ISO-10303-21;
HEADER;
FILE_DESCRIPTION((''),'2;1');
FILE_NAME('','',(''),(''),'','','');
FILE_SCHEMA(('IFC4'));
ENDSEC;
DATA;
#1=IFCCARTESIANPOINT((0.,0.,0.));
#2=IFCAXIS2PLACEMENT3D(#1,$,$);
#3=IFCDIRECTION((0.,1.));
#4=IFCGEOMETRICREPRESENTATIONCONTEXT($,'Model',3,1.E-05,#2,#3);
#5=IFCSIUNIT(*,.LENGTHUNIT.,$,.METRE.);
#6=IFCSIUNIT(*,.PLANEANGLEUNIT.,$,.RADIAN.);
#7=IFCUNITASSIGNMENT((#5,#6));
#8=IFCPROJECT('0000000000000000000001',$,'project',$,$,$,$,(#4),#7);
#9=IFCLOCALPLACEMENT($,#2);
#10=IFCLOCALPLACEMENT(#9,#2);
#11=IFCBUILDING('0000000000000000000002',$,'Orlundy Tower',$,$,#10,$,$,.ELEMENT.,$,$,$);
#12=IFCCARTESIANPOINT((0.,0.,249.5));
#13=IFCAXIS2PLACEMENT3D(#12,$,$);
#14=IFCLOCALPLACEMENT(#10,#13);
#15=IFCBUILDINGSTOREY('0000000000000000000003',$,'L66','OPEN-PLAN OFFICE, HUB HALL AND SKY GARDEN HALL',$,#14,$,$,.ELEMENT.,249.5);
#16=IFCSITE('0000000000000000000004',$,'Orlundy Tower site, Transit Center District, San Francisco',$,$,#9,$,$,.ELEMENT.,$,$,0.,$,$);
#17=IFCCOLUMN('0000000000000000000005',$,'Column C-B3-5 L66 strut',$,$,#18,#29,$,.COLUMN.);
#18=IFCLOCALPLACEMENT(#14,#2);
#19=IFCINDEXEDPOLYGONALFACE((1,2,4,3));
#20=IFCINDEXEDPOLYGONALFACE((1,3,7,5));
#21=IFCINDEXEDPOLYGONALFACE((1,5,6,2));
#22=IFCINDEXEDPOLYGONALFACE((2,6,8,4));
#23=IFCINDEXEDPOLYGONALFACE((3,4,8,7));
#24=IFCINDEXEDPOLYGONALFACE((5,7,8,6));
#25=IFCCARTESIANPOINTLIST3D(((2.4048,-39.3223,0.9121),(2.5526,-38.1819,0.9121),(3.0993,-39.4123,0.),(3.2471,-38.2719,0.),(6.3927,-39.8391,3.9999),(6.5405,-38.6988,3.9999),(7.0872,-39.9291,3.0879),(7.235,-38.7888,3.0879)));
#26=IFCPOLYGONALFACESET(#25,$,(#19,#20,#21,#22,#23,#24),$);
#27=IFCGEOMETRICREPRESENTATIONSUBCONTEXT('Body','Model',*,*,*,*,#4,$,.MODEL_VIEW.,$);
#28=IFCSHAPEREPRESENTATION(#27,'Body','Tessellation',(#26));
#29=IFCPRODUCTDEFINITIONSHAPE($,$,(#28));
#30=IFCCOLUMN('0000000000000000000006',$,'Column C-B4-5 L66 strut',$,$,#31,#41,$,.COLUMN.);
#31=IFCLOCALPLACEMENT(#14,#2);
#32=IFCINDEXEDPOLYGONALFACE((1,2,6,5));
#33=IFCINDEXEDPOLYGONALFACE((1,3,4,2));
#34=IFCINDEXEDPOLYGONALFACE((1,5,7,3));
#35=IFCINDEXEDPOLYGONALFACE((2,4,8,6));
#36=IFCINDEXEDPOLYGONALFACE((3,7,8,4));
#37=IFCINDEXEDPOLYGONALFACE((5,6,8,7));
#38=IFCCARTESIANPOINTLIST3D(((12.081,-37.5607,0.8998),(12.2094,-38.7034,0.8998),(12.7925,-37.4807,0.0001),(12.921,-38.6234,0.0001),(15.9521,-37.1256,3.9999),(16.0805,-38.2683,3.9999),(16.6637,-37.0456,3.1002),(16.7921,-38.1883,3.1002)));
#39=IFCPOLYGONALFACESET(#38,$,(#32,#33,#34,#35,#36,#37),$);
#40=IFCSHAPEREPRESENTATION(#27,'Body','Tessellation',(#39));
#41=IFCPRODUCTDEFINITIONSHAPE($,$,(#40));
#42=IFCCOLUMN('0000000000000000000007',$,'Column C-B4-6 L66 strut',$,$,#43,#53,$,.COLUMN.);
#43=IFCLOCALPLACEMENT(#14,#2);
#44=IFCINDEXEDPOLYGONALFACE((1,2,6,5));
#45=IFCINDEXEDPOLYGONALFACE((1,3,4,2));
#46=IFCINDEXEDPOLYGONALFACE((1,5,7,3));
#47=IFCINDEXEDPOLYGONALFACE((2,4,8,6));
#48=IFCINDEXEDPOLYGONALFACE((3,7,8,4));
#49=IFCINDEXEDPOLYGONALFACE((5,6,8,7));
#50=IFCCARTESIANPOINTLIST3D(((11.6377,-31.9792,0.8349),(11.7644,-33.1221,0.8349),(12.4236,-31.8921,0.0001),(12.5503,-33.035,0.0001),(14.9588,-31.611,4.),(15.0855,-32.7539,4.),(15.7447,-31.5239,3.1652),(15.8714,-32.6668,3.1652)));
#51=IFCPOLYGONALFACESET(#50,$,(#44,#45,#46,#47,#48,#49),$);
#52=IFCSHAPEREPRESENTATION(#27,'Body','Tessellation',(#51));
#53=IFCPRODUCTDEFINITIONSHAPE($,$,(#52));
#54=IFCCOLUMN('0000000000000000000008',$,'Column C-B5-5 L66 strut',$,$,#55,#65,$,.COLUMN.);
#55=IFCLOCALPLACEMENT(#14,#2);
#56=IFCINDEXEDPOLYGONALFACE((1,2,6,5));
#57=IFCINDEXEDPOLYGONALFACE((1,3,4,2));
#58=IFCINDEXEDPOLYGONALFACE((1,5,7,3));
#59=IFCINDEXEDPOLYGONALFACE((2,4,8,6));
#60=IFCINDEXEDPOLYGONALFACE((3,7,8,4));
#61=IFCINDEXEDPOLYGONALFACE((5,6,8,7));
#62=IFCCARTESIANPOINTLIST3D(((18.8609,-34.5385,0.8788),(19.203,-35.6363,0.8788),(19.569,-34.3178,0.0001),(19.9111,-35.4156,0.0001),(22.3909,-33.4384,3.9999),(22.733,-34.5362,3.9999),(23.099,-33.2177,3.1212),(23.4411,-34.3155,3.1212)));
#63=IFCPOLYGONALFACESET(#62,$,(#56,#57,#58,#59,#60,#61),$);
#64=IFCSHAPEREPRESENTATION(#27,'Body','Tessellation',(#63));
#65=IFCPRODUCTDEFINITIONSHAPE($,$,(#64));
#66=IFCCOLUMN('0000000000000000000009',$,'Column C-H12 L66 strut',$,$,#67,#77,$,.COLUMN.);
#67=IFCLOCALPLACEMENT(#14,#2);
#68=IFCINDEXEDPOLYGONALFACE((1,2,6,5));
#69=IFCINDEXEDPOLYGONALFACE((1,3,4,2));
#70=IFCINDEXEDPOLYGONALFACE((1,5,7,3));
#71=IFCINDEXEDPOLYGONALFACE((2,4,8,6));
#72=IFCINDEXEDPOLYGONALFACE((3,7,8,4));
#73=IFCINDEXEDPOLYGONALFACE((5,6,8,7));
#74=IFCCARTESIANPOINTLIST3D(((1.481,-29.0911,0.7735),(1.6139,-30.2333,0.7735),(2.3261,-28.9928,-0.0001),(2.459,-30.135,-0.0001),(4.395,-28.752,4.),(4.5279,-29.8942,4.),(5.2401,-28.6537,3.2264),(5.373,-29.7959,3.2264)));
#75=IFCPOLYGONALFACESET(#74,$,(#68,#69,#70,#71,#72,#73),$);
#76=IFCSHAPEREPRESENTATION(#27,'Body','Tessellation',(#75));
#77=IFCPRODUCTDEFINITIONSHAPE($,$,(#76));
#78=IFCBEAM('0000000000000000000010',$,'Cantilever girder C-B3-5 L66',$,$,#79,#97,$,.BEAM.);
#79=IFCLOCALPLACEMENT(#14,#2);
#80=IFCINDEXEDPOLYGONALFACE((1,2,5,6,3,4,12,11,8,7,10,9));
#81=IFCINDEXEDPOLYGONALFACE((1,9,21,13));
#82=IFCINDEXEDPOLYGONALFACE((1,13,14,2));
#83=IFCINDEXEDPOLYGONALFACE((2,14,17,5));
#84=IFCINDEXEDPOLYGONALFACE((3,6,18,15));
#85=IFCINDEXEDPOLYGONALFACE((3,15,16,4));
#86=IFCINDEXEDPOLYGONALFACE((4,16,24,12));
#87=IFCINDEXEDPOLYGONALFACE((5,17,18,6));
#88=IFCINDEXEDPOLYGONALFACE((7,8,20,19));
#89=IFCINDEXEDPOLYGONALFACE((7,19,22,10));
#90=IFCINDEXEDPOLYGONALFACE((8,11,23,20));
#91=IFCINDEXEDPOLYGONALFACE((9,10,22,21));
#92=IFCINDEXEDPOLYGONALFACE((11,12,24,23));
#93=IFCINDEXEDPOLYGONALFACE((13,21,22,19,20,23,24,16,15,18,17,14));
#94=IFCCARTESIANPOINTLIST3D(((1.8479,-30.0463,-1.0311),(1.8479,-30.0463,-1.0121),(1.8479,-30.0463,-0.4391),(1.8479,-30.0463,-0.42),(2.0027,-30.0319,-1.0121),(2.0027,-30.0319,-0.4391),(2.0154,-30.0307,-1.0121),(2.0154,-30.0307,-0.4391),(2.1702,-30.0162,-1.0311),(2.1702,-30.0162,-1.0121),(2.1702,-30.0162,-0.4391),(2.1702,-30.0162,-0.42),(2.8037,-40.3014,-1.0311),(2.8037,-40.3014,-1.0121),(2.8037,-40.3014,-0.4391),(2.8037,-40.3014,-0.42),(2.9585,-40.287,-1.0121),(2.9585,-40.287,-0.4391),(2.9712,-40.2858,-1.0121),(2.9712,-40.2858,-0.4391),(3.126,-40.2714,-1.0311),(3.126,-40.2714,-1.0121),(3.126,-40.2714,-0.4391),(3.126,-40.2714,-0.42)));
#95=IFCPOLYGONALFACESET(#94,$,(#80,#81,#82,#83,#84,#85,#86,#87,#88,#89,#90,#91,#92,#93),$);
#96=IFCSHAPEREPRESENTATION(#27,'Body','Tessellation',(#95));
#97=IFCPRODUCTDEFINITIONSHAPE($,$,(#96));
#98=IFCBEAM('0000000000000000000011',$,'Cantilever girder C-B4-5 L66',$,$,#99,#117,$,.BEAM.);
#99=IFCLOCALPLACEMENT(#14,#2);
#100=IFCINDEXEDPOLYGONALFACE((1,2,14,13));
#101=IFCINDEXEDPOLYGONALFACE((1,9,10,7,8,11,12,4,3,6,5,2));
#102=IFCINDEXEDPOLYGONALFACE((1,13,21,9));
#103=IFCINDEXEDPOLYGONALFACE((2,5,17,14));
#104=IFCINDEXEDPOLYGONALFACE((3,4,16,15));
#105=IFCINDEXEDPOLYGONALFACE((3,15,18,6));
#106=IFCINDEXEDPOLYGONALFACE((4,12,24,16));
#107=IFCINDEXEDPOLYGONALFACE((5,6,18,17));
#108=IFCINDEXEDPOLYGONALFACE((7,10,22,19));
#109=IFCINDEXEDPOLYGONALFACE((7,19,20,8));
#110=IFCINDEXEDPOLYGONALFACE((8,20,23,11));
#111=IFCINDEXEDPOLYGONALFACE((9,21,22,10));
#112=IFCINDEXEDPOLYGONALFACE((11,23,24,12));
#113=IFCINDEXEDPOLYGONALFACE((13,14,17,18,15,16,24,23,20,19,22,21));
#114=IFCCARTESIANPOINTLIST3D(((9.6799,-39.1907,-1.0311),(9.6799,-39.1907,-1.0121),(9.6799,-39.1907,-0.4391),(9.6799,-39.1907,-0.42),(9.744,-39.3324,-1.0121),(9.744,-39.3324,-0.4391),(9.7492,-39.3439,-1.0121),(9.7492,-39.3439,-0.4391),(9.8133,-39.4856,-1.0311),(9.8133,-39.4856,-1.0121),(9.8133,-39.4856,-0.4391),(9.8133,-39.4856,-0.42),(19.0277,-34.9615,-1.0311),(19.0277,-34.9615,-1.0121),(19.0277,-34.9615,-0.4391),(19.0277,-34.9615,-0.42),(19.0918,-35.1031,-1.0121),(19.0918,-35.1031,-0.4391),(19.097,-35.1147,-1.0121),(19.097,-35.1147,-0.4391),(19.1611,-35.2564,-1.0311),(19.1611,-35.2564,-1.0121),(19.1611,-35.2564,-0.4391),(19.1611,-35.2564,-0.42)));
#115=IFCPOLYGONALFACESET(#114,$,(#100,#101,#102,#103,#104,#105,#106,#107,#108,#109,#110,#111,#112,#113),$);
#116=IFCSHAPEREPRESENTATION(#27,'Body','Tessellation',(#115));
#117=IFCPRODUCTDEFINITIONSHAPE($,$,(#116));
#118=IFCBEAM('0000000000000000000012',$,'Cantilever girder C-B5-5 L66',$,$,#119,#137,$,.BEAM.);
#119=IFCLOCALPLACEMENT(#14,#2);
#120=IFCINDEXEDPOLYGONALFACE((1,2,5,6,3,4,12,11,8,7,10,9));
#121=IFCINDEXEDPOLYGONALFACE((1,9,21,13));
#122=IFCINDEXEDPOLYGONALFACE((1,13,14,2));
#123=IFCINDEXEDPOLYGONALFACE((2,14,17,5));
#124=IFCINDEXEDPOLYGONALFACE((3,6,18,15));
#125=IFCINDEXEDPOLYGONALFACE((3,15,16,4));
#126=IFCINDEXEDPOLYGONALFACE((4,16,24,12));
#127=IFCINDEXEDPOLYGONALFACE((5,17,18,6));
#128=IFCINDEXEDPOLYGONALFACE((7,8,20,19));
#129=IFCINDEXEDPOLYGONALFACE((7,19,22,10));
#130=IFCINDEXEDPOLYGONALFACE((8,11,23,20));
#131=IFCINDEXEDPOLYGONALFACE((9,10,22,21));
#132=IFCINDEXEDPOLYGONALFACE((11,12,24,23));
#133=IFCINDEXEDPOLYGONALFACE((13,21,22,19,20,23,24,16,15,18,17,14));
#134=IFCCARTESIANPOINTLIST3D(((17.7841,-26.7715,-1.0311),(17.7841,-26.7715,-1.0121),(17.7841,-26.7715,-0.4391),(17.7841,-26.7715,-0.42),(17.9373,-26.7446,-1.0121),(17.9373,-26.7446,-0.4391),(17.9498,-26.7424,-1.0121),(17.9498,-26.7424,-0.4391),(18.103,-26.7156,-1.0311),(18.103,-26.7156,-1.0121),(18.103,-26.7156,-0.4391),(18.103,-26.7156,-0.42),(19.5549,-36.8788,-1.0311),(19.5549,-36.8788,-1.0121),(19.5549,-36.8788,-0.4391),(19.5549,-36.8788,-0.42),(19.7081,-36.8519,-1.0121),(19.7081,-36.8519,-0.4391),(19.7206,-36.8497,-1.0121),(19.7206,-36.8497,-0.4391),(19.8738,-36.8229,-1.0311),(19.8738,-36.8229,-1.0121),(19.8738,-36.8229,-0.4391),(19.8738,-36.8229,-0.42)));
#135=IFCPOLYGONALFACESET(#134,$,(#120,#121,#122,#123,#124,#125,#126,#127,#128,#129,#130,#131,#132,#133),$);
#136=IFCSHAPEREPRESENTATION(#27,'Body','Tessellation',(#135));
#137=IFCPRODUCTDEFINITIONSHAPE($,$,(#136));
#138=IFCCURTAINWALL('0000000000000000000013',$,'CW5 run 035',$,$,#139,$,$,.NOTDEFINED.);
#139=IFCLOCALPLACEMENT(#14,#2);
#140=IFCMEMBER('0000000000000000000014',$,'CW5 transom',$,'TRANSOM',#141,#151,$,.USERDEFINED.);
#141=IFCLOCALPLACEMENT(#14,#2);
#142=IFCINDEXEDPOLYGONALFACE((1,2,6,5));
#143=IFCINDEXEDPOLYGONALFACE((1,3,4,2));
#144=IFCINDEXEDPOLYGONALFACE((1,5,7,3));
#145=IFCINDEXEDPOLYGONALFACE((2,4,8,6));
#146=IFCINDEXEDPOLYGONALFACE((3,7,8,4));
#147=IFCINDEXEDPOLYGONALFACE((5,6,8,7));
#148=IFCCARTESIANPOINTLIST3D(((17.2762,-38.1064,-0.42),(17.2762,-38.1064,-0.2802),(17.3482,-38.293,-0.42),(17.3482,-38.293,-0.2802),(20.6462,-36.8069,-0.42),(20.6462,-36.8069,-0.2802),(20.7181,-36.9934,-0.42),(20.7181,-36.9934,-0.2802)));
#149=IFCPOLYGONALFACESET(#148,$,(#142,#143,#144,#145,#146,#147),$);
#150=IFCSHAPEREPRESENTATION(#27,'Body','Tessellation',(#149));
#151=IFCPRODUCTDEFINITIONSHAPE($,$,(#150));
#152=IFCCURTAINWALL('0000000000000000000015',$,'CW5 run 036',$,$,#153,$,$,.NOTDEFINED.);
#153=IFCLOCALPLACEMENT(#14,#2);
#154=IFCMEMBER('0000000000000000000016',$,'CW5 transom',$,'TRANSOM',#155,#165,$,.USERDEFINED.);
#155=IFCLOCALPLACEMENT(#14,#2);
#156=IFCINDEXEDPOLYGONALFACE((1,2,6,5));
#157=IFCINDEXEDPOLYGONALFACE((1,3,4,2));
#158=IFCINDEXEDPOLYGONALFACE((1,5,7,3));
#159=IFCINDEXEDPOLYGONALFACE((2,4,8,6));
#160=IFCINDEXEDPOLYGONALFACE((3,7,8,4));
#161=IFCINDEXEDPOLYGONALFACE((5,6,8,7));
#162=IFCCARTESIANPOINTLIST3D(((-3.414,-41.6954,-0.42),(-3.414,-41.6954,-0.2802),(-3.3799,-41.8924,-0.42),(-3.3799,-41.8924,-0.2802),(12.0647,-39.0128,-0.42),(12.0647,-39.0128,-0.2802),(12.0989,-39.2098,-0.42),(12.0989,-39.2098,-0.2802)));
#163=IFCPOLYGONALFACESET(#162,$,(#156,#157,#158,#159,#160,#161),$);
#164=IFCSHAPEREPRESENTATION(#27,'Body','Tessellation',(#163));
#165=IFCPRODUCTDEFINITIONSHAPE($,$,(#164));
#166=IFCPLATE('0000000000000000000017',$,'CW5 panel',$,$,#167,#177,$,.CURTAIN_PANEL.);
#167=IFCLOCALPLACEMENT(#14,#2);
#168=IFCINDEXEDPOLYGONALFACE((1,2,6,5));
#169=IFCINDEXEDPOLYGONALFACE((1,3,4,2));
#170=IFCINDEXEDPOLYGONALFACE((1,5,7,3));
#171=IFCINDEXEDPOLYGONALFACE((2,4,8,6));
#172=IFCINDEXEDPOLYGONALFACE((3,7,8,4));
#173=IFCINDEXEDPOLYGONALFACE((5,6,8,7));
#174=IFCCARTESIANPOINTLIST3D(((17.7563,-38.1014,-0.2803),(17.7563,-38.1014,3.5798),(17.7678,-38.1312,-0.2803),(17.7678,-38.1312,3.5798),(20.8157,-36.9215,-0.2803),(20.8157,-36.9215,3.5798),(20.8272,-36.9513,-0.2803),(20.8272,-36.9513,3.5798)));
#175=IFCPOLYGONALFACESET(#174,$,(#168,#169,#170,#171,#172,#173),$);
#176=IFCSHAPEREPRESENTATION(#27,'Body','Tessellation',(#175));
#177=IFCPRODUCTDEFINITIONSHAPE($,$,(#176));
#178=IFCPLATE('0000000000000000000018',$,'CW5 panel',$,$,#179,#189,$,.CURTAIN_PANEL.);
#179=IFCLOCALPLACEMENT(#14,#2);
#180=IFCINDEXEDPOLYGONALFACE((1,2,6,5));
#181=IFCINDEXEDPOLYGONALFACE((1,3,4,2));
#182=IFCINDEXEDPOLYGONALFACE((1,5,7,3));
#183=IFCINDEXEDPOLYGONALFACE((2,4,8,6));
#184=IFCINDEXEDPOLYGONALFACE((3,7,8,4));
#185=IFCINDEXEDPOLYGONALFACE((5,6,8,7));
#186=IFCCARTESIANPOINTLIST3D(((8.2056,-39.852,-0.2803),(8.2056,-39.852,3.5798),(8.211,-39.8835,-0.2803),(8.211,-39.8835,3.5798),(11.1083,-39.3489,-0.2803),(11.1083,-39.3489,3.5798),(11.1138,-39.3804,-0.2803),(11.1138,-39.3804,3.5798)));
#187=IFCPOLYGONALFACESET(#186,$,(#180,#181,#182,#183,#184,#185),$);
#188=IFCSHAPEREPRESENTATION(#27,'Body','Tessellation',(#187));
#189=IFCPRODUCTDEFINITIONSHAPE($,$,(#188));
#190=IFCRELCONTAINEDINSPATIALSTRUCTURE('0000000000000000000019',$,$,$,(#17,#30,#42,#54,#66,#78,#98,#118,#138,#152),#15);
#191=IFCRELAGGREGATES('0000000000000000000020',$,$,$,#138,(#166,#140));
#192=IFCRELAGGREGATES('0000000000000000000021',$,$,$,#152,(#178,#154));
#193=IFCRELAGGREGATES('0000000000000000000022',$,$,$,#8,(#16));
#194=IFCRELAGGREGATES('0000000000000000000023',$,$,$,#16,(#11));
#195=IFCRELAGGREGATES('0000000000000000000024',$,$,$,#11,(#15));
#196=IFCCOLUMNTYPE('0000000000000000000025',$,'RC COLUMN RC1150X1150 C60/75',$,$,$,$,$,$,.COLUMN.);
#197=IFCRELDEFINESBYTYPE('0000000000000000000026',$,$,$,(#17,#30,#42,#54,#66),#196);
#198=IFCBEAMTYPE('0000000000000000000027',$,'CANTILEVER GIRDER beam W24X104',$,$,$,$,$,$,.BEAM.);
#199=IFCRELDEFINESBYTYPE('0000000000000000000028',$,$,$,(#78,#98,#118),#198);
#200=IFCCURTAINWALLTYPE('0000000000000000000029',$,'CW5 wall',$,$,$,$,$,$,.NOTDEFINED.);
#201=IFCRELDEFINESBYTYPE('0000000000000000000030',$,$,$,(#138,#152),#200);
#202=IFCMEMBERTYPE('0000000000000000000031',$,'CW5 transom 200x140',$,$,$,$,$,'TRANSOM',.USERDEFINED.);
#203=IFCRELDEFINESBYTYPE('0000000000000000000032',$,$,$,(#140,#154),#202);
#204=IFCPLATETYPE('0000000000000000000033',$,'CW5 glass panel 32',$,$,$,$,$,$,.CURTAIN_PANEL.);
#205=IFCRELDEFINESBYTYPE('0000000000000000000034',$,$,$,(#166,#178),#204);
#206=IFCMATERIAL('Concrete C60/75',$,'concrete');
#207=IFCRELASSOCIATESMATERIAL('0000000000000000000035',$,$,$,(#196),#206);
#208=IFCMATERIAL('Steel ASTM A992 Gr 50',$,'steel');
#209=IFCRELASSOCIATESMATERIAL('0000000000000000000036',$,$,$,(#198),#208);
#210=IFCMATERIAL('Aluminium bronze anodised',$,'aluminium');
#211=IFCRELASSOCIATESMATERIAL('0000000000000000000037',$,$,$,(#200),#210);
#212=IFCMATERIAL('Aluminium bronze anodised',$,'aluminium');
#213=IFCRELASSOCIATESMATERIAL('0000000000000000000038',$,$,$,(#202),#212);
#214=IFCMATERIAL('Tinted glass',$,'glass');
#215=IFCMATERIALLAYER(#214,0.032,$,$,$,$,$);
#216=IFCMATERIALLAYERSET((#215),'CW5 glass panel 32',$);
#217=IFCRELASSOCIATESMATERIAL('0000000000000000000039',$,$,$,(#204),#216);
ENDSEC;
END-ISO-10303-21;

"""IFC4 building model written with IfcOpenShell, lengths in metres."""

from ifc_helpers import new_model, si_unit, direction, frame, origin, origin_2d, place, context, subcontext, project, spatial, rectangle, i_section, extrude, material, layer, layer_set, material_profile, profile_set, type_object, element, aggregate, save


model = new_model("IFC4")

# Units and contexts
model_context = context("Model", 3, precision=1e-05, world=origin(), true_north=direction((0.0, 1.0)))
body_context = subcontext(model_context, "Body", "Model", "MODEL_VIEW")
ifc_project = project(units=[si_unit("LENGTHUNIT", "METRE"), si_unit("PLANEANGLEUNIT", "RADIAN")], contexts=[model_context])

# Site, building, storey
site_placement = place(None, origin())
site = spatial("IfcSite", under=ifc_project, at=site_placement, Name="Orlundy Tower site, Transit Center District, San Francisco", CompositionType="ELEMENT", RefElevation=0.0)
building_placement = place(site_placement, origin())
building = spatial("IfcBuilding", under=site, at=building_placement, Name="Orlundy Tower", CompositionType="ELEMENT")
storey_placement = place(building_placement, frame((0.0, 0.0, 249.5)))
storey = spatial("IfcBuildingStorey", under=building, at=storey_placement, Name="L66", Description="OPEN-PLAN OFFICE, HUB HALL AND SKY GARDEN HALL", CompositionType="ELEMENT", Elevation=249.5)

# Columns
ifc_material_1 = material(Name="Concrete C60/75", Category="concrete")
ifc_material_profile_1 = material_profile(ifc_material_1, rectangle(XDim=1.1499, YDim=1.1499, at=origin_2d()), Name="RC1150X1150")
ifc_profile_set_1 = profile_set([ifc_material_profile_1], Name="Concrete C60/75")
column_type = type_object("IfcColumnType", Name="RC COLUMN RC1150X1150 C60/75", PredefinedType="COLUMN", material=ifc_profile_set_1)
column_1_placement = place(storey_placement, frame((2.8259, -38.7971, 0.4561), z_axis=(0.786569, -0.101939, 0.609031), x_axis=(0.128524, 0.991706, 0.0)))
element("IfcColumn", 1, at=column_1_placement, inside=storey, type_object=column_type, Name="Column C-B3-5 L66 strut", PredefinedType="COLUMN", context=body_context, shape_type="SweptSolid", body=[
    extrude(rectangle(XDim=1.1499, YDim=1.1499, at=origin_2d()), origin(), (0.0, 0.0, 1.0), 5.0701),
])
column_2_placement = place(storey_placement, frame((12.501, -38.092, 0.45), z_axis=(0.777566, 0.087388, 0.6227), x_axis=(-0.111683, 0.993744, 0.0)))
element("IfcColumn", 2, at=column_2_placement, inside=storey, type_object=column_type, Name="Column C-B4-5 L66 strut", PredefinedType="COLUMN", context=body_context, shape_type="SweptSolid", body=[
    extrude(rectangle(XDim=1.1499, YDim=1.1499, at=origin_2d()), origin(), (0.0, 0.0, 1.0), 4.9785),
])
column_3_placement = place(storey_placement, frame((12.094, -32.5071, 0.4175), z_axis=(0.721585, 0.079993, 0.687689), x_axis=(-0.110183, 0.993911, 0.0)))
element("IfcColumn", 3, at=column_3_placement, inside=storey, type_object=column_type, Name="Column C-B4-6 L66 strut", PredefinedType="COLUMN", context=body_context, shape_type="SweptSolid", body=[
    extrude(rectangle(XDim=1.1499, YDim=1.1499, at=origin_2d()), origin(), (0.0, 0.0, 1.0), 4.6025),
])
column_4_placement = place(storey_placement, frame((19.386, -34.9771, 0.4395), z_axis=(0.729548, 0.227356, 0.645034), x_axis=(-0.297527, 0.954713, 0.0)))
element("IfcColumn", 4, at=column_4_placement, inside=storey, type_object=column_type, Name="Column C-B5-5 L66 strut", PredefinedType="COLUMN", context=body_context, shape_type="SweptSolid", body=[
    extrude(rectangle(XDim=1.1499, YDim=1.1499, at=origin_2d()), origin(), (0.0, 0.0, 1.0), 4.8386),
])
column_5_placement = place(storey_placement, frame((1.97, -29.613, 0.3867), z_axis=(0.668225, 0.077762, 0.739884), x_axis=(-0.115591, 0.993297, 0.0)))
element("IfcColumn", 5, at=column_5_placement, inside=storey, type_object=column_type, Name="Column C-H12 L66 strut", PredefinedType="COLUMN", context=body_context, shape_type="SweptSolid", body=[
    extrude(rectangle(XDim=1.1499, YDim=1.1499, at=origin_2d()), origin(), (0.0, 0.0, 1.0), 4.3608),
])

# Beams
ifc_material_2 = material(Name="Steel ASTM A992 Gr 50", Category="steel")
ifc_material_profile_2 = material_profile(ifc_material_2, i_section(OverallWidth=0.3237, OverallDepth=0.6111, WebThickness=0.0127, FlangeThickness=0.019, at=origin_2d()), Name="W24X104")
ifc_profile_set_2 = profile_set([ifc_material_profile_2], Name="Steel ASTM A992 Gr 50")
beam_type = type_object("IfcBeamType", Name="CANTILEVER GIRDER beam W24X104", PredefinedType="BEAM", material=ifc_profile_set_2)
beam_1_placement = place(storey_placement, frame((2.9648, -40.2864, -0.7256), z_axis=(-0.092801, 0.995685, 0.0), x_axis=(-0.995685, -0.092801, 0.0)))
element("IfcBeam", 6, at=beam_1_placement, inside=storey, type_object=beam_type, Name="Cantilever girder C-B3-5 L66", PredefinedType="BEAM", context=body_context, shape_type="SweptSolid", body=[
    extrude(i_section(OverallWidth=0.3237, OverallDepth=0.6111, WebThickness=0.0127, FlangeThickness=0.019, at=origin_2d()), origin(), (0.0, 0.0, 1.0), 10.2996),
])
beam_2_placement = place(storey_placement, frame((9.7466, -39.3381, -0.7256), z_axis=(0.911092, 0.412203, 0.0), x_axis=(-0.412203, 0.911092, 0.0)))
element("IfcBeam", 7, at=beam_2_placement, inside=storey, type_object=beam_type, Name="Cantilever girder C-B4-5 L66", PredefinedType="BEAM", context=body_context, shape_type="SweptSolid", body=[
    extrude(i_section(OverallWidth=0.3237, OverallDepth=0.6111, WebThickness=0.0127, FlangeThickness=0.019, at=origin_2d()), origin(), (0.0, 0.0, 1.0), 10.26),
])
beam_3_placement = place(storey_placement, frame((19.7144, -36.8508, -0.7256), z_axis=(-0.172569, 0.984997, 0.0), x_axis=(-0.984997, -0.172569, 0.0)))
element("IfcBeam", 8, at=beam_3_placement, inside=storey, type_object=beam_type, Name="Cantilever girder C-B5-5 L66", PredefinedType="BEAM", context=body_context, shape_type="SweptSolid", body=[
    extrude(i_section(OverallWidth=0.3237, OverallDepth=0.6111, WebThickness=0.0127, FlangeThickness=0.019, at=origin_2d()), origin(), (0.0, 0.0, 1.0), 10.2612),
])

# Curtain walls, members
ifc_material_3 = material(Name="Aluminium bronze anodised", Category="aluminium")
curtain_wall_type = type_object("IfcCurtainWallType", Name="CW5 wall", PredefinedType="NOTDEFINED", material=ifc_material_3)
curtain_wall_1_placement = place(storey_placement, origin())
curtain_wall_1 = element("IfcCurtainWall", 9, at=curtain_wall_1_placement, inside=storey, type_object=curtain_wall_type, Name="CW5 run 035", PredefinedType="NOTDEFINED")
ifc_material_4 = material(Name="Aluminium bronze anodised", Category="aluminium")
ifc_material_profile_3 = material_profile(ifc_material_4, rectangle(XDim=0.2, YDim=0.1399, at=origin_2d()), Name="CW5 transom 200x140")
ifc_profile_set_3 = profile_set([ifc_material_profile_3], Name="Aluminium bronze anodised")
member_type = type_object("IfcMemberType", Name="CW5 transom 200x140", ElementType="TRANSOM", PredefinedType="USERDEFINED", material=ifc_profile_set_3)
member_1_placement = place(storey_placement, frame((20.6821, -36.9001, -0.3501), z_axis=(-0.933025, -0.359812, 0.0), x_axis=(0.359812, -0.933025, 0.0)))
member_1 = element("IfcMember", 10, at=member_1_placement, type_object=member_type, Name="CW5 transom", ObjectType="TRANSOM", PredefinedType="USERDEFINED", context=body_context, shape_type="SweptSolid", body=[
    extrude(rectangle(XDim=0.2, YDim=0.1399, at=origin_2d()), origin(), (0.0, 0.0, 1.0), 3.6118),
])
curtain_wall_2_placement = place(storey_placement, origin())
curtain_wall_2 = element("IfcCurtainWall", 11, at=curtain_wall_2_placement, inside=storey, type_object=curtain_wall_type, Name="CW5 run 036", PredefinedType="NOTDEFINED")
member_2_placement = place(storey_placement, frame((12.0818, -39.1113, -0.3501), z_axis=(-0.985312, -0.170764, 0.0), x_axis=(0.170764, -0.985312, 0.0)))
member_2 = element("IfcMember", 12, at=member_2_placement, type_object=member_type, Name="CW5 transom", ObjectType="TRANSOM", PredefinedType="USERDEFINED", context=body_context, shape_type="SweptSolid", body=[
    extrude(rectangle(XDim=0.2, YDim=0.1399, at=origin_2d()), origin(), (0.0, 0.0, 1.0), 15.7095),
])

# Plates
ifc_material_5 = material(Name="Tinted glass", Category="glass")
ifc_layer_1 = layer(ifc_material_5, 0.032)
ifc_layer_set_1 = layer_set([ifc_layer_1], Name="CW5 glass panel 32")
plate_type = type_object("IfcPlateType", Name="CW5 glass panel 32", PredefinedType="CURTAIN_PANEL", material=ifc_layer_set_1)
plate_1_placement = place(storey_placement, frame((19.2917, -37.5264, -0.2803), z_axis=(0.0, 0.0, 1.0), x_axis=(-0.933018, -0.359828, 0.0)))
plate_1 = element("IfcPlate", 13, at=plate_1_placement, type_object=plate_type, Name="CW5 panel", PredefinedType="CURTAIN_PANEL", context=body_context, shape_type="SweptSolid", body=[
    extrude(rectangle(XDim=3.2791, YDim=0.032, at=origin_2d()), origin(), (0.0, 0.0, 1.0), 3.8601),
])
aggregate(curtain_wall_1, [plate_1, member_1])
plate_2_placement = place(storey_placement, frame((9.6597, -39.6162, -0.2803), z_axis=(0.0, 0.0, 1.0), x_axis=(-0.985312, -0.170766, 0.0)))
plate_2 = element("IfcPlate", 14, at=plate_2_placement, type_object=plate_type, Name="CW5 panel", PredefinedType="CURTAIN_PANEL", context=body_context, shape_type="SweptSolid", body=[
    extrude(rectangle(XDim=2.946, YDim=0.032, at=origin_2d()), origin(), (0.0, 0.0, 1.0), 3.8601),
])
aggregate(curtain_wall_2, [plate_2, member_2])

save(model, "model.ifc")
